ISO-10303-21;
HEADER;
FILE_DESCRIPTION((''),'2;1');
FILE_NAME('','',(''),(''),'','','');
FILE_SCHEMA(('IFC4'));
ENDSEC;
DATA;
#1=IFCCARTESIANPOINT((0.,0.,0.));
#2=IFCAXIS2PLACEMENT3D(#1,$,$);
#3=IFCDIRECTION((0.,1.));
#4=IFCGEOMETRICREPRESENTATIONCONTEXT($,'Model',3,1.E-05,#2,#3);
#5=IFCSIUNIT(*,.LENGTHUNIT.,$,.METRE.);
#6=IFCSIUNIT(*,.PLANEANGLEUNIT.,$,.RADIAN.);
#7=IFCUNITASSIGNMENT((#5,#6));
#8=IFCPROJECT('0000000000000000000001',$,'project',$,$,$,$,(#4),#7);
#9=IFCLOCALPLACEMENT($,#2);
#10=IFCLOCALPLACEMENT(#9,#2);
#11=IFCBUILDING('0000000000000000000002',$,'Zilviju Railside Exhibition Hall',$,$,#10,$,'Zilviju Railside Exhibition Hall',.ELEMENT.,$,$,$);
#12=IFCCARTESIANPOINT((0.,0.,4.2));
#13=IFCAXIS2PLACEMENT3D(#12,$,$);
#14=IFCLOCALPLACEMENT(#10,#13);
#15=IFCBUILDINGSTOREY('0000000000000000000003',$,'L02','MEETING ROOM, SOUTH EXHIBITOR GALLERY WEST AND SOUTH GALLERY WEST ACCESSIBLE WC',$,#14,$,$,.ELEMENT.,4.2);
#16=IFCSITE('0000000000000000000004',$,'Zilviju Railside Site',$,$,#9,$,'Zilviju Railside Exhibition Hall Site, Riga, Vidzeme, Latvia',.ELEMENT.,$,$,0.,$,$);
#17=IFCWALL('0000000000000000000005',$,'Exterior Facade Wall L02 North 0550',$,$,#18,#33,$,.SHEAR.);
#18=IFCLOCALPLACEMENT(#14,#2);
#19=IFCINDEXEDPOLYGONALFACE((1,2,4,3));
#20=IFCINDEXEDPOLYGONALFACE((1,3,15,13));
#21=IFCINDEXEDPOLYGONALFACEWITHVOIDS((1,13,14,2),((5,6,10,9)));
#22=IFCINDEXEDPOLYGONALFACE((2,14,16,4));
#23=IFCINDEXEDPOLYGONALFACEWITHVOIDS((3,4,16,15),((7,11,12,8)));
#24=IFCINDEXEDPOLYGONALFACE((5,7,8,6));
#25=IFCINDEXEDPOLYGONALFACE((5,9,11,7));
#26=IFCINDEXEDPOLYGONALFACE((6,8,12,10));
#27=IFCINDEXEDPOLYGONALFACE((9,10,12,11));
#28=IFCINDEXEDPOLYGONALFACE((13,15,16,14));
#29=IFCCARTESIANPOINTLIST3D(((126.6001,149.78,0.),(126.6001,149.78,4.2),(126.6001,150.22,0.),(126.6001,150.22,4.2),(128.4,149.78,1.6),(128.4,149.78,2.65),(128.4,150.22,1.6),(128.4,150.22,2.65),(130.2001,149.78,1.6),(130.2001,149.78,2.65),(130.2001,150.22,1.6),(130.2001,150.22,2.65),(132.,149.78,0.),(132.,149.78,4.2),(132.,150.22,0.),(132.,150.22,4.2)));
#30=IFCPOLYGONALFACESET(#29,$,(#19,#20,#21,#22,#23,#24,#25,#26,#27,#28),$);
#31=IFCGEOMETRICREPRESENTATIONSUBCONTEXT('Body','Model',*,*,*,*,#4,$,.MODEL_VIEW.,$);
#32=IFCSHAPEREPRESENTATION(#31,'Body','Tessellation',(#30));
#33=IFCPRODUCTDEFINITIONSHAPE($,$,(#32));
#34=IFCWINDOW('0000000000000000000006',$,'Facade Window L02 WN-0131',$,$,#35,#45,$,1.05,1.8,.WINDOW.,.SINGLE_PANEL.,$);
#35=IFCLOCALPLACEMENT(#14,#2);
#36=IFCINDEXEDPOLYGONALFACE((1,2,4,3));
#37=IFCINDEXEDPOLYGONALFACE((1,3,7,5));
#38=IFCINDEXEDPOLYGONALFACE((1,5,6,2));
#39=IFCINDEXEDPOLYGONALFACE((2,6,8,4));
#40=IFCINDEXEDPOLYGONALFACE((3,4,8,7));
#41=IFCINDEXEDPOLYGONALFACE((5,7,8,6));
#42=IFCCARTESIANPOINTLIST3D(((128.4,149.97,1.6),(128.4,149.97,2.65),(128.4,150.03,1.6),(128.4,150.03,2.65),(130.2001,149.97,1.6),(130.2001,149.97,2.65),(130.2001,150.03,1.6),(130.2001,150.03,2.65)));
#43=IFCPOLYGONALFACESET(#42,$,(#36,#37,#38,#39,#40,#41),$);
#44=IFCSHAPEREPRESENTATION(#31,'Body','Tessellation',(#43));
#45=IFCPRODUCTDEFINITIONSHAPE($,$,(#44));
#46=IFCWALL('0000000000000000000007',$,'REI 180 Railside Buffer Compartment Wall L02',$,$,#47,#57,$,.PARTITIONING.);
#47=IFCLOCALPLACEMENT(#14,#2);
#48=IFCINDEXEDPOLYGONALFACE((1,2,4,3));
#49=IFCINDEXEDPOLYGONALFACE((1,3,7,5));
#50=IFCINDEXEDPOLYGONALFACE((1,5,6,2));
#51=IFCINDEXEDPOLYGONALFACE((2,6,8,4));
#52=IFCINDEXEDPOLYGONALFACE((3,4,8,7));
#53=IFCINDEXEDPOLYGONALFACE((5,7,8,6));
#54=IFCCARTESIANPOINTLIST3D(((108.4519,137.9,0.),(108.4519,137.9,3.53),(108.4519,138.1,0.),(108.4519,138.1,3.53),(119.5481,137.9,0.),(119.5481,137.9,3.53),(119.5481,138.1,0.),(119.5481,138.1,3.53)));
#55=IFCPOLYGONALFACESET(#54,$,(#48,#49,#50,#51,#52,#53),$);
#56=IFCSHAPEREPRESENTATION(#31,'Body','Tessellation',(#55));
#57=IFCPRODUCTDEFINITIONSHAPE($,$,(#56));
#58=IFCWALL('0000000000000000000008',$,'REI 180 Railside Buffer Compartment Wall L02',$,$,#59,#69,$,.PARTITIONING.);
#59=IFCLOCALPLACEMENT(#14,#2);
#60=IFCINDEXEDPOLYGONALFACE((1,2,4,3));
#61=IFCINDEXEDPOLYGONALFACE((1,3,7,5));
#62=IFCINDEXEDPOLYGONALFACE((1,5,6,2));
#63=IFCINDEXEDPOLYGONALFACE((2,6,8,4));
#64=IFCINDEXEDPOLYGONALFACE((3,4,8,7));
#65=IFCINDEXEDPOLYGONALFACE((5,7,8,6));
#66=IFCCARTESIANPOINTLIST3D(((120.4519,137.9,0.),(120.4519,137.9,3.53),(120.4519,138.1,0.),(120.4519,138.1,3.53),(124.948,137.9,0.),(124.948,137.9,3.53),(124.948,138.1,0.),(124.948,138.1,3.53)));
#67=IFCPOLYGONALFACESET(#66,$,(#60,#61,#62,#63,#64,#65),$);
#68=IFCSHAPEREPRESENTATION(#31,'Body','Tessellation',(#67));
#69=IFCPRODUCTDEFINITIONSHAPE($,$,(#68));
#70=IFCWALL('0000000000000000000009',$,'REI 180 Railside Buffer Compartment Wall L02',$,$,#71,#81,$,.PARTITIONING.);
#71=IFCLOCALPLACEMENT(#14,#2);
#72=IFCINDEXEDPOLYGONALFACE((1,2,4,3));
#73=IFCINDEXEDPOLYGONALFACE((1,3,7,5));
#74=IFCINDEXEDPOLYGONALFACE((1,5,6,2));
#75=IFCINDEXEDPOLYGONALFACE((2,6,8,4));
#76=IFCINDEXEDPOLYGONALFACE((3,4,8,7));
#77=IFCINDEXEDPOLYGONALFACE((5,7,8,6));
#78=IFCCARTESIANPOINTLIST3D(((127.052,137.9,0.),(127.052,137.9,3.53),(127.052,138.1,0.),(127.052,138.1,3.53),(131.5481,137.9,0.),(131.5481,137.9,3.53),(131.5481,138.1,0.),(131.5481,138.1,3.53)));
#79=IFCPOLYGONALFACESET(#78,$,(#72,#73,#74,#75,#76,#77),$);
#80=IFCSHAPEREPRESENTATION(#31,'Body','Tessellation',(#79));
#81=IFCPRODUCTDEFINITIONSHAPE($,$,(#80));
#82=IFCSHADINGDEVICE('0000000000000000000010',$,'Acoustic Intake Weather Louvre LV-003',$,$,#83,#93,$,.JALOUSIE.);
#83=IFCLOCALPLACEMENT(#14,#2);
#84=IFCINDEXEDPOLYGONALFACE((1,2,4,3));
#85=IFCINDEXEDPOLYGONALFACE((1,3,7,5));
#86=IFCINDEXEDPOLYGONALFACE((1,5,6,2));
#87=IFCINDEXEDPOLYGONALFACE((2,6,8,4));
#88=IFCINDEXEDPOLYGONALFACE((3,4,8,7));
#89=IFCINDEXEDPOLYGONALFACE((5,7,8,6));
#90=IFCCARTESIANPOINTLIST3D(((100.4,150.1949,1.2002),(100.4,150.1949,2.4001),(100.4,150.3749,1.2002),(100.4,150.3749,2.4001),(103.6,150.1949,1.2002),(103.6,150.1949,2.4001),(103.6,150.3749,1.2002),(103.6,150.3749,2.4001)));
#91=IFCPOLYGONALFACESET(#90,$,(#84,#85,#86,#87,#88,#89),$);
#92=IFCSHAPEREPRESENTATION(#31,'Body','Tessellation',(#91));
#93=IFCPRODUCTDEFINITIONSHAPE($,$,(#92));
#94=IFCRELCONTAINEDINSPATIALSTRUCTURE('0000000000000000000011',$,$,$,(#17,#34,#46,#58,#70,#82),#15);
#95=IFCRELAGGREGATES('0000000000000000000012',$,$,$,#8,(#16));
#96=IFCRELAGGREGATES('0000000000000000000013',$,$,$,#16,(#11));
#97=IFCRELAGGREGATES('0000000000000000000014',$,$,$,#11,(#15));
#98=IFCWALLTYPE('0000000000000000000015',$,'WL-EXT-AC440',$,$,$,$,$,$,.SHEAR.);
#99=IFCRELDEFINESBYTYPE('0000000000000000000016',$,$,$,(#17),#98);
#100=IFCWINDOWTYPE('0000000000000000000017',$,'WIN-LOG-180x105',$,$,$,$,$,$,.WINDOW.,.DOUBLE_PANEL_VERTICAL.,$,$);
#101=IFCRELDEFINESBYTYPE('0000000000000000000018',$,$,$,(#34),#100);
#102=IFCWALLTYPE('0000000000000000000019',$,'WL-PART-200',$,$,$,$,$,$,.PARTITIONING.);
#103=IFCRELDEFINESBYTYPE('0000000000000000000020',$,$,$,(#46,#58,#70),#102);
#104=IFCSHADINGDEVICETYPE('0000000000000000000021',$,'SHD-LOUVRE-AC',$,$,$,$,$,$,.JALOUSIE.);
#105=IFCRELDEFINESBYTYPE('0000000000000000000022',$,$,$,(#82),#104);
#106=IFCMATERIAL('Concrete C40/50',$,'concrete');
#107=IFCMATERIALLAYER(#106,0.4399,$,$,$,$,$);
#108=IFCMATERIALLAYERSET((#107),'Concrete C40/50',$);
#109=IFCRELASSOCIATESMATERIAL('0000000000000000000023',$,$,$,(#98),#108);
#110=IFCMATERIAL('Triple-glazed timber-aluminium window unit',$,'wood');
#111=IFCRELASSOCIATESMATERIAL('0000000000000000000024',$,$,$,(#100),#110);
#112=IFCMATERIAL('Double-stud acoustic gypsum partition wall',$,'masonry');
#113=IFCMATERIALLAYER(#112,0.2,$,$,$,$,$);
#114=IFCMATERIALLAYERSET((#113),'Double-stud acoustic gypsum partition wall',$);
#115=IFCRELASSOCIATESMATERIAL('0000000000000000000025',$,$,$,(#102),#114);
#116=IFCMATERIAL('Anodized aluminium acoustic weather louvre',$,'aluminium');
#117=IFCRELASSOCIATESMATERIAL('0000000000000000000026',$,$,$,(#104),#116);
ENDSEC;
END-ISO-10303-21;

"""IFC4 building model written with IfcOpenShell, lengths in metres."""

from ifc_helpers import new_model, si_unit, direction, frame, frame_2d, origin, origin_2d, place, context, subcontext, project, spatial, rectangle, extrude, material, layer, layer_set, type_object, element, fill, save


model = new_model("IFC4")

# Units and contexts
model_context = context("Model", 3, precision=1e-05, world=origin(), true_north=direction((0.0, 1.0)))
body_context = subcontext(model_context, "Body", "Model", "MODEL_VIEW")
ifc_project = project(units=[si_unit("LENGTHUNIT", "METRE"), si_unit("PLANEANGLEUNIT", "RADIAN")], contexts=[model_context])

# Site, building, storey
site_placement = place(None, origin())
site = spatial("IfcSite", under=ifc_project, at=site_placement, Name="Zilviju Railside Site", LongName="Zilviju Railside Exhibition Hall Site, Riga, Vidzeme, Latvia", CompositionType="ELEMENT", RefElevation=0.0)
building_placement = place(site_placement, origin())
building = spatial("IfcBuilding", under=site, at=building_placement, Name="Zilviju Railside Exhibition Hall", LongName="Zilviju Railside Exhibition Hall", CompositionType="ELEMENT")
storey_placement = place(building_placement, frame((0.0, 0.0, 4.2)))
storey = spatial("IfcBuildingStorey", under=building, at=storey_placement, Name="L02", Description="MEETING ROOM, SOUTH EXHIBITOR GALLERY WEST AND SOUTH GALLERY WEST ACCESSIBLE WC", CompositionType="ELEMENT", Elevation=4.2)

# Shared definitions
ifc_material_1 = material(Name="Concrete C40/50", Category="concrete")

# Shared definitions
ifc_layer_1 = layer(ifc_material_1, 0.4399)
ifc_layer_set_1 = layer_set([ifc_layer_1], Name="Concrete C40/50")
wall_type_1 = type_object("IfcWallType", Name="WL-EXT-AC440", PredefinedType="SHEAR", material=ifc_layer_set_1)
ifc_material_2 = material(Name="Triple-glazed timber-aluminium window unit", Category="wood")
window_type = type_object("IfcWindowType", Name="WIN-LOG-180x105", PartitioningType="DOUBLE_PANEL_VERTICAL", PredefinedType="WINDOW", material=ifc_material_2)

# Wall, opening, window
wall_1_placement = place(storey_placement, frame((126.6001, 150.0, 0.0), z_axis=(0.0, 0.0, 1.0), x_axis=(1.0, 0.0, 0.0)))
wall_1 = element("IfcWall", 1, at=wall_1_placement, inside=storey, type_object=wall_type_1, Name="Exterior Facade Wall L02 North 0550", PredefinedType="SHEAR", context=body_context, shape_type="SweptSolid", body=[
    extrude(rectangle(XDim=5.3999, YDim=0.4399, at=frame_2d((2.7, 0.0))), origin(), (0.0, 0.0, 1.0), 4.2),
])
opening_1_placement = place(wall_1_placement, frame((1.8, 0.0, 1.6001)))
opening_1 = element("IfcOpeningElement", 2, at=opening_1_placement, cuts=wall_1, PredefinedType="OPENING", context=body_context, shape_type="SweptSolid", body=[
    extrude(rectangle(XDim=1.8, YDim=1.05, at=frame_2d((0.8999, 0.5249))), frame((0.0, 0.23, 0.0), z_axis=(0.0, -1.0, 0.0), x_axis=(1.0, 0.0, 0.0)), (0.0, 0.0, 1.0), 0.46),
])
window_1_placement = place(opening_1_placement, origin())
window_1 = element("IfcWindow", 3, at=window_1_placement, inside=storey, type_object=window_type, Name="Facade Window L02 WN-0131", OverallHeight=1.05, OverallWidth=1.8, PartitioningType="SINGLE_PANEL", PredefinedType="WINDOW", context=body_context, shape_type="SweptSolid", body=[
    extrude(rectangle(XDim=1.8, YDim=1.05, at=frame_2d((0.8999, 0.5249))), frame((0.0, 0.03, 0.0), z_axis=(0.0, -1.0, 0.0), x_axis=(1.0, 0.0, 0.0)), (0.0, 0.0, 1.0), 0.0601),
])
fill(opening_1, window_1)

# Walls
ifc_material_3 = material(Name="Double-stud acoustic gypsum partition wall", Category="masonry")
ifc_layer_2 = layer(ifc_material_3, 0.2)
ifc_layer_set_2 = layer_set([ifc_layer_2], Name="Double-stud acoustic gypsum partition wall")
wall_type_2 = type_object("IfcWallType", Name="WL-PART-200", PredefinedType="PARTITIONING", material=ifc_layer_set_2)
wall_2_placement = place(storey_placement, frame((108.4519, 138.0, 0.0), z_axis=(0.0, 0.0, 1.0), x_axis=(1.0, 0.0, 0.0)))
element("IfcWall", 4, at=wall_2_placement, inside=storey, type_object=wall_type_2, Name="REI 180 Railside Buffer Compartment Wall L02", PredefinedType="PARTITIONING", context=body_context, shape_type="SweptSolid", body=[
    extrude(rectangle(XDim=11.0962, YDim=0.2, at=frame_2d((5.5481, 0.0))), origin(), (0.0, 0.0, 1.0), 3.53),
])
for number, where, z_axis, x_axis, name in (
    (5, (120.4519, 138.0, 0.0), (0.0, 0.0, 1.0), (1.0, 0.0, 0.0), "REI 180 Railside Buffer Compartment Wall L02"),
    (6, (127.052, 138.0, 0.0), (0.0, 0.0, 1.0), (1.0, 0.0, 0.0), "REI 180 Railside Buffer Compartment Wall L02"),
):
    element("IfcWall", number, at=place(storey_placement, frame(where, z_axis=z_axis, x_axis=x_axis)), inside=storey, type_object=wall_type_2, Name=name, PredefinedType="PARTITIONING", context=body_context, shape_type="SweptSolid", body=[
        extrude(rectangle(XDim=4.4961, YDim=0.2, at=frame_2d((2.248, 0.0))), origin(), (0.0, 0.0, 1.0), 3.53),
    ])

# Shading device
ifc_material_4 = material(Name="Anodized aluminium acoustic weather louvre", Category="aluminium")
shading_device_type = type_object("IfcShadingDeviceType", Name="SHD-LOUVRE-AC", PredefinedType="JALOUSIE", material=ifc_material_4)
shading_device_placement = place(storey_placement, frame((102.0, 150.2849, 1.2002), z_axis=(0.0, 0.0, 1.0), x_axis=(1.0, 0.0, 0.0)))
element("IfcShadingDevice", 7, at=shading_device_placement, inside=storey, type_object=shading_device_type, Name="Acoustic Intake Weather Louvre LV-003", PredefinedType="JALOUSIE", context=body_context, shape_type="SweptSolid", body=[
    extrude(rectangle(XDim=3.2, YDim=0.1799, at=origin_2d()), origin(), (0.0, 0.0, 1.0), 1.2),
])

save(model, "model.ifc")
